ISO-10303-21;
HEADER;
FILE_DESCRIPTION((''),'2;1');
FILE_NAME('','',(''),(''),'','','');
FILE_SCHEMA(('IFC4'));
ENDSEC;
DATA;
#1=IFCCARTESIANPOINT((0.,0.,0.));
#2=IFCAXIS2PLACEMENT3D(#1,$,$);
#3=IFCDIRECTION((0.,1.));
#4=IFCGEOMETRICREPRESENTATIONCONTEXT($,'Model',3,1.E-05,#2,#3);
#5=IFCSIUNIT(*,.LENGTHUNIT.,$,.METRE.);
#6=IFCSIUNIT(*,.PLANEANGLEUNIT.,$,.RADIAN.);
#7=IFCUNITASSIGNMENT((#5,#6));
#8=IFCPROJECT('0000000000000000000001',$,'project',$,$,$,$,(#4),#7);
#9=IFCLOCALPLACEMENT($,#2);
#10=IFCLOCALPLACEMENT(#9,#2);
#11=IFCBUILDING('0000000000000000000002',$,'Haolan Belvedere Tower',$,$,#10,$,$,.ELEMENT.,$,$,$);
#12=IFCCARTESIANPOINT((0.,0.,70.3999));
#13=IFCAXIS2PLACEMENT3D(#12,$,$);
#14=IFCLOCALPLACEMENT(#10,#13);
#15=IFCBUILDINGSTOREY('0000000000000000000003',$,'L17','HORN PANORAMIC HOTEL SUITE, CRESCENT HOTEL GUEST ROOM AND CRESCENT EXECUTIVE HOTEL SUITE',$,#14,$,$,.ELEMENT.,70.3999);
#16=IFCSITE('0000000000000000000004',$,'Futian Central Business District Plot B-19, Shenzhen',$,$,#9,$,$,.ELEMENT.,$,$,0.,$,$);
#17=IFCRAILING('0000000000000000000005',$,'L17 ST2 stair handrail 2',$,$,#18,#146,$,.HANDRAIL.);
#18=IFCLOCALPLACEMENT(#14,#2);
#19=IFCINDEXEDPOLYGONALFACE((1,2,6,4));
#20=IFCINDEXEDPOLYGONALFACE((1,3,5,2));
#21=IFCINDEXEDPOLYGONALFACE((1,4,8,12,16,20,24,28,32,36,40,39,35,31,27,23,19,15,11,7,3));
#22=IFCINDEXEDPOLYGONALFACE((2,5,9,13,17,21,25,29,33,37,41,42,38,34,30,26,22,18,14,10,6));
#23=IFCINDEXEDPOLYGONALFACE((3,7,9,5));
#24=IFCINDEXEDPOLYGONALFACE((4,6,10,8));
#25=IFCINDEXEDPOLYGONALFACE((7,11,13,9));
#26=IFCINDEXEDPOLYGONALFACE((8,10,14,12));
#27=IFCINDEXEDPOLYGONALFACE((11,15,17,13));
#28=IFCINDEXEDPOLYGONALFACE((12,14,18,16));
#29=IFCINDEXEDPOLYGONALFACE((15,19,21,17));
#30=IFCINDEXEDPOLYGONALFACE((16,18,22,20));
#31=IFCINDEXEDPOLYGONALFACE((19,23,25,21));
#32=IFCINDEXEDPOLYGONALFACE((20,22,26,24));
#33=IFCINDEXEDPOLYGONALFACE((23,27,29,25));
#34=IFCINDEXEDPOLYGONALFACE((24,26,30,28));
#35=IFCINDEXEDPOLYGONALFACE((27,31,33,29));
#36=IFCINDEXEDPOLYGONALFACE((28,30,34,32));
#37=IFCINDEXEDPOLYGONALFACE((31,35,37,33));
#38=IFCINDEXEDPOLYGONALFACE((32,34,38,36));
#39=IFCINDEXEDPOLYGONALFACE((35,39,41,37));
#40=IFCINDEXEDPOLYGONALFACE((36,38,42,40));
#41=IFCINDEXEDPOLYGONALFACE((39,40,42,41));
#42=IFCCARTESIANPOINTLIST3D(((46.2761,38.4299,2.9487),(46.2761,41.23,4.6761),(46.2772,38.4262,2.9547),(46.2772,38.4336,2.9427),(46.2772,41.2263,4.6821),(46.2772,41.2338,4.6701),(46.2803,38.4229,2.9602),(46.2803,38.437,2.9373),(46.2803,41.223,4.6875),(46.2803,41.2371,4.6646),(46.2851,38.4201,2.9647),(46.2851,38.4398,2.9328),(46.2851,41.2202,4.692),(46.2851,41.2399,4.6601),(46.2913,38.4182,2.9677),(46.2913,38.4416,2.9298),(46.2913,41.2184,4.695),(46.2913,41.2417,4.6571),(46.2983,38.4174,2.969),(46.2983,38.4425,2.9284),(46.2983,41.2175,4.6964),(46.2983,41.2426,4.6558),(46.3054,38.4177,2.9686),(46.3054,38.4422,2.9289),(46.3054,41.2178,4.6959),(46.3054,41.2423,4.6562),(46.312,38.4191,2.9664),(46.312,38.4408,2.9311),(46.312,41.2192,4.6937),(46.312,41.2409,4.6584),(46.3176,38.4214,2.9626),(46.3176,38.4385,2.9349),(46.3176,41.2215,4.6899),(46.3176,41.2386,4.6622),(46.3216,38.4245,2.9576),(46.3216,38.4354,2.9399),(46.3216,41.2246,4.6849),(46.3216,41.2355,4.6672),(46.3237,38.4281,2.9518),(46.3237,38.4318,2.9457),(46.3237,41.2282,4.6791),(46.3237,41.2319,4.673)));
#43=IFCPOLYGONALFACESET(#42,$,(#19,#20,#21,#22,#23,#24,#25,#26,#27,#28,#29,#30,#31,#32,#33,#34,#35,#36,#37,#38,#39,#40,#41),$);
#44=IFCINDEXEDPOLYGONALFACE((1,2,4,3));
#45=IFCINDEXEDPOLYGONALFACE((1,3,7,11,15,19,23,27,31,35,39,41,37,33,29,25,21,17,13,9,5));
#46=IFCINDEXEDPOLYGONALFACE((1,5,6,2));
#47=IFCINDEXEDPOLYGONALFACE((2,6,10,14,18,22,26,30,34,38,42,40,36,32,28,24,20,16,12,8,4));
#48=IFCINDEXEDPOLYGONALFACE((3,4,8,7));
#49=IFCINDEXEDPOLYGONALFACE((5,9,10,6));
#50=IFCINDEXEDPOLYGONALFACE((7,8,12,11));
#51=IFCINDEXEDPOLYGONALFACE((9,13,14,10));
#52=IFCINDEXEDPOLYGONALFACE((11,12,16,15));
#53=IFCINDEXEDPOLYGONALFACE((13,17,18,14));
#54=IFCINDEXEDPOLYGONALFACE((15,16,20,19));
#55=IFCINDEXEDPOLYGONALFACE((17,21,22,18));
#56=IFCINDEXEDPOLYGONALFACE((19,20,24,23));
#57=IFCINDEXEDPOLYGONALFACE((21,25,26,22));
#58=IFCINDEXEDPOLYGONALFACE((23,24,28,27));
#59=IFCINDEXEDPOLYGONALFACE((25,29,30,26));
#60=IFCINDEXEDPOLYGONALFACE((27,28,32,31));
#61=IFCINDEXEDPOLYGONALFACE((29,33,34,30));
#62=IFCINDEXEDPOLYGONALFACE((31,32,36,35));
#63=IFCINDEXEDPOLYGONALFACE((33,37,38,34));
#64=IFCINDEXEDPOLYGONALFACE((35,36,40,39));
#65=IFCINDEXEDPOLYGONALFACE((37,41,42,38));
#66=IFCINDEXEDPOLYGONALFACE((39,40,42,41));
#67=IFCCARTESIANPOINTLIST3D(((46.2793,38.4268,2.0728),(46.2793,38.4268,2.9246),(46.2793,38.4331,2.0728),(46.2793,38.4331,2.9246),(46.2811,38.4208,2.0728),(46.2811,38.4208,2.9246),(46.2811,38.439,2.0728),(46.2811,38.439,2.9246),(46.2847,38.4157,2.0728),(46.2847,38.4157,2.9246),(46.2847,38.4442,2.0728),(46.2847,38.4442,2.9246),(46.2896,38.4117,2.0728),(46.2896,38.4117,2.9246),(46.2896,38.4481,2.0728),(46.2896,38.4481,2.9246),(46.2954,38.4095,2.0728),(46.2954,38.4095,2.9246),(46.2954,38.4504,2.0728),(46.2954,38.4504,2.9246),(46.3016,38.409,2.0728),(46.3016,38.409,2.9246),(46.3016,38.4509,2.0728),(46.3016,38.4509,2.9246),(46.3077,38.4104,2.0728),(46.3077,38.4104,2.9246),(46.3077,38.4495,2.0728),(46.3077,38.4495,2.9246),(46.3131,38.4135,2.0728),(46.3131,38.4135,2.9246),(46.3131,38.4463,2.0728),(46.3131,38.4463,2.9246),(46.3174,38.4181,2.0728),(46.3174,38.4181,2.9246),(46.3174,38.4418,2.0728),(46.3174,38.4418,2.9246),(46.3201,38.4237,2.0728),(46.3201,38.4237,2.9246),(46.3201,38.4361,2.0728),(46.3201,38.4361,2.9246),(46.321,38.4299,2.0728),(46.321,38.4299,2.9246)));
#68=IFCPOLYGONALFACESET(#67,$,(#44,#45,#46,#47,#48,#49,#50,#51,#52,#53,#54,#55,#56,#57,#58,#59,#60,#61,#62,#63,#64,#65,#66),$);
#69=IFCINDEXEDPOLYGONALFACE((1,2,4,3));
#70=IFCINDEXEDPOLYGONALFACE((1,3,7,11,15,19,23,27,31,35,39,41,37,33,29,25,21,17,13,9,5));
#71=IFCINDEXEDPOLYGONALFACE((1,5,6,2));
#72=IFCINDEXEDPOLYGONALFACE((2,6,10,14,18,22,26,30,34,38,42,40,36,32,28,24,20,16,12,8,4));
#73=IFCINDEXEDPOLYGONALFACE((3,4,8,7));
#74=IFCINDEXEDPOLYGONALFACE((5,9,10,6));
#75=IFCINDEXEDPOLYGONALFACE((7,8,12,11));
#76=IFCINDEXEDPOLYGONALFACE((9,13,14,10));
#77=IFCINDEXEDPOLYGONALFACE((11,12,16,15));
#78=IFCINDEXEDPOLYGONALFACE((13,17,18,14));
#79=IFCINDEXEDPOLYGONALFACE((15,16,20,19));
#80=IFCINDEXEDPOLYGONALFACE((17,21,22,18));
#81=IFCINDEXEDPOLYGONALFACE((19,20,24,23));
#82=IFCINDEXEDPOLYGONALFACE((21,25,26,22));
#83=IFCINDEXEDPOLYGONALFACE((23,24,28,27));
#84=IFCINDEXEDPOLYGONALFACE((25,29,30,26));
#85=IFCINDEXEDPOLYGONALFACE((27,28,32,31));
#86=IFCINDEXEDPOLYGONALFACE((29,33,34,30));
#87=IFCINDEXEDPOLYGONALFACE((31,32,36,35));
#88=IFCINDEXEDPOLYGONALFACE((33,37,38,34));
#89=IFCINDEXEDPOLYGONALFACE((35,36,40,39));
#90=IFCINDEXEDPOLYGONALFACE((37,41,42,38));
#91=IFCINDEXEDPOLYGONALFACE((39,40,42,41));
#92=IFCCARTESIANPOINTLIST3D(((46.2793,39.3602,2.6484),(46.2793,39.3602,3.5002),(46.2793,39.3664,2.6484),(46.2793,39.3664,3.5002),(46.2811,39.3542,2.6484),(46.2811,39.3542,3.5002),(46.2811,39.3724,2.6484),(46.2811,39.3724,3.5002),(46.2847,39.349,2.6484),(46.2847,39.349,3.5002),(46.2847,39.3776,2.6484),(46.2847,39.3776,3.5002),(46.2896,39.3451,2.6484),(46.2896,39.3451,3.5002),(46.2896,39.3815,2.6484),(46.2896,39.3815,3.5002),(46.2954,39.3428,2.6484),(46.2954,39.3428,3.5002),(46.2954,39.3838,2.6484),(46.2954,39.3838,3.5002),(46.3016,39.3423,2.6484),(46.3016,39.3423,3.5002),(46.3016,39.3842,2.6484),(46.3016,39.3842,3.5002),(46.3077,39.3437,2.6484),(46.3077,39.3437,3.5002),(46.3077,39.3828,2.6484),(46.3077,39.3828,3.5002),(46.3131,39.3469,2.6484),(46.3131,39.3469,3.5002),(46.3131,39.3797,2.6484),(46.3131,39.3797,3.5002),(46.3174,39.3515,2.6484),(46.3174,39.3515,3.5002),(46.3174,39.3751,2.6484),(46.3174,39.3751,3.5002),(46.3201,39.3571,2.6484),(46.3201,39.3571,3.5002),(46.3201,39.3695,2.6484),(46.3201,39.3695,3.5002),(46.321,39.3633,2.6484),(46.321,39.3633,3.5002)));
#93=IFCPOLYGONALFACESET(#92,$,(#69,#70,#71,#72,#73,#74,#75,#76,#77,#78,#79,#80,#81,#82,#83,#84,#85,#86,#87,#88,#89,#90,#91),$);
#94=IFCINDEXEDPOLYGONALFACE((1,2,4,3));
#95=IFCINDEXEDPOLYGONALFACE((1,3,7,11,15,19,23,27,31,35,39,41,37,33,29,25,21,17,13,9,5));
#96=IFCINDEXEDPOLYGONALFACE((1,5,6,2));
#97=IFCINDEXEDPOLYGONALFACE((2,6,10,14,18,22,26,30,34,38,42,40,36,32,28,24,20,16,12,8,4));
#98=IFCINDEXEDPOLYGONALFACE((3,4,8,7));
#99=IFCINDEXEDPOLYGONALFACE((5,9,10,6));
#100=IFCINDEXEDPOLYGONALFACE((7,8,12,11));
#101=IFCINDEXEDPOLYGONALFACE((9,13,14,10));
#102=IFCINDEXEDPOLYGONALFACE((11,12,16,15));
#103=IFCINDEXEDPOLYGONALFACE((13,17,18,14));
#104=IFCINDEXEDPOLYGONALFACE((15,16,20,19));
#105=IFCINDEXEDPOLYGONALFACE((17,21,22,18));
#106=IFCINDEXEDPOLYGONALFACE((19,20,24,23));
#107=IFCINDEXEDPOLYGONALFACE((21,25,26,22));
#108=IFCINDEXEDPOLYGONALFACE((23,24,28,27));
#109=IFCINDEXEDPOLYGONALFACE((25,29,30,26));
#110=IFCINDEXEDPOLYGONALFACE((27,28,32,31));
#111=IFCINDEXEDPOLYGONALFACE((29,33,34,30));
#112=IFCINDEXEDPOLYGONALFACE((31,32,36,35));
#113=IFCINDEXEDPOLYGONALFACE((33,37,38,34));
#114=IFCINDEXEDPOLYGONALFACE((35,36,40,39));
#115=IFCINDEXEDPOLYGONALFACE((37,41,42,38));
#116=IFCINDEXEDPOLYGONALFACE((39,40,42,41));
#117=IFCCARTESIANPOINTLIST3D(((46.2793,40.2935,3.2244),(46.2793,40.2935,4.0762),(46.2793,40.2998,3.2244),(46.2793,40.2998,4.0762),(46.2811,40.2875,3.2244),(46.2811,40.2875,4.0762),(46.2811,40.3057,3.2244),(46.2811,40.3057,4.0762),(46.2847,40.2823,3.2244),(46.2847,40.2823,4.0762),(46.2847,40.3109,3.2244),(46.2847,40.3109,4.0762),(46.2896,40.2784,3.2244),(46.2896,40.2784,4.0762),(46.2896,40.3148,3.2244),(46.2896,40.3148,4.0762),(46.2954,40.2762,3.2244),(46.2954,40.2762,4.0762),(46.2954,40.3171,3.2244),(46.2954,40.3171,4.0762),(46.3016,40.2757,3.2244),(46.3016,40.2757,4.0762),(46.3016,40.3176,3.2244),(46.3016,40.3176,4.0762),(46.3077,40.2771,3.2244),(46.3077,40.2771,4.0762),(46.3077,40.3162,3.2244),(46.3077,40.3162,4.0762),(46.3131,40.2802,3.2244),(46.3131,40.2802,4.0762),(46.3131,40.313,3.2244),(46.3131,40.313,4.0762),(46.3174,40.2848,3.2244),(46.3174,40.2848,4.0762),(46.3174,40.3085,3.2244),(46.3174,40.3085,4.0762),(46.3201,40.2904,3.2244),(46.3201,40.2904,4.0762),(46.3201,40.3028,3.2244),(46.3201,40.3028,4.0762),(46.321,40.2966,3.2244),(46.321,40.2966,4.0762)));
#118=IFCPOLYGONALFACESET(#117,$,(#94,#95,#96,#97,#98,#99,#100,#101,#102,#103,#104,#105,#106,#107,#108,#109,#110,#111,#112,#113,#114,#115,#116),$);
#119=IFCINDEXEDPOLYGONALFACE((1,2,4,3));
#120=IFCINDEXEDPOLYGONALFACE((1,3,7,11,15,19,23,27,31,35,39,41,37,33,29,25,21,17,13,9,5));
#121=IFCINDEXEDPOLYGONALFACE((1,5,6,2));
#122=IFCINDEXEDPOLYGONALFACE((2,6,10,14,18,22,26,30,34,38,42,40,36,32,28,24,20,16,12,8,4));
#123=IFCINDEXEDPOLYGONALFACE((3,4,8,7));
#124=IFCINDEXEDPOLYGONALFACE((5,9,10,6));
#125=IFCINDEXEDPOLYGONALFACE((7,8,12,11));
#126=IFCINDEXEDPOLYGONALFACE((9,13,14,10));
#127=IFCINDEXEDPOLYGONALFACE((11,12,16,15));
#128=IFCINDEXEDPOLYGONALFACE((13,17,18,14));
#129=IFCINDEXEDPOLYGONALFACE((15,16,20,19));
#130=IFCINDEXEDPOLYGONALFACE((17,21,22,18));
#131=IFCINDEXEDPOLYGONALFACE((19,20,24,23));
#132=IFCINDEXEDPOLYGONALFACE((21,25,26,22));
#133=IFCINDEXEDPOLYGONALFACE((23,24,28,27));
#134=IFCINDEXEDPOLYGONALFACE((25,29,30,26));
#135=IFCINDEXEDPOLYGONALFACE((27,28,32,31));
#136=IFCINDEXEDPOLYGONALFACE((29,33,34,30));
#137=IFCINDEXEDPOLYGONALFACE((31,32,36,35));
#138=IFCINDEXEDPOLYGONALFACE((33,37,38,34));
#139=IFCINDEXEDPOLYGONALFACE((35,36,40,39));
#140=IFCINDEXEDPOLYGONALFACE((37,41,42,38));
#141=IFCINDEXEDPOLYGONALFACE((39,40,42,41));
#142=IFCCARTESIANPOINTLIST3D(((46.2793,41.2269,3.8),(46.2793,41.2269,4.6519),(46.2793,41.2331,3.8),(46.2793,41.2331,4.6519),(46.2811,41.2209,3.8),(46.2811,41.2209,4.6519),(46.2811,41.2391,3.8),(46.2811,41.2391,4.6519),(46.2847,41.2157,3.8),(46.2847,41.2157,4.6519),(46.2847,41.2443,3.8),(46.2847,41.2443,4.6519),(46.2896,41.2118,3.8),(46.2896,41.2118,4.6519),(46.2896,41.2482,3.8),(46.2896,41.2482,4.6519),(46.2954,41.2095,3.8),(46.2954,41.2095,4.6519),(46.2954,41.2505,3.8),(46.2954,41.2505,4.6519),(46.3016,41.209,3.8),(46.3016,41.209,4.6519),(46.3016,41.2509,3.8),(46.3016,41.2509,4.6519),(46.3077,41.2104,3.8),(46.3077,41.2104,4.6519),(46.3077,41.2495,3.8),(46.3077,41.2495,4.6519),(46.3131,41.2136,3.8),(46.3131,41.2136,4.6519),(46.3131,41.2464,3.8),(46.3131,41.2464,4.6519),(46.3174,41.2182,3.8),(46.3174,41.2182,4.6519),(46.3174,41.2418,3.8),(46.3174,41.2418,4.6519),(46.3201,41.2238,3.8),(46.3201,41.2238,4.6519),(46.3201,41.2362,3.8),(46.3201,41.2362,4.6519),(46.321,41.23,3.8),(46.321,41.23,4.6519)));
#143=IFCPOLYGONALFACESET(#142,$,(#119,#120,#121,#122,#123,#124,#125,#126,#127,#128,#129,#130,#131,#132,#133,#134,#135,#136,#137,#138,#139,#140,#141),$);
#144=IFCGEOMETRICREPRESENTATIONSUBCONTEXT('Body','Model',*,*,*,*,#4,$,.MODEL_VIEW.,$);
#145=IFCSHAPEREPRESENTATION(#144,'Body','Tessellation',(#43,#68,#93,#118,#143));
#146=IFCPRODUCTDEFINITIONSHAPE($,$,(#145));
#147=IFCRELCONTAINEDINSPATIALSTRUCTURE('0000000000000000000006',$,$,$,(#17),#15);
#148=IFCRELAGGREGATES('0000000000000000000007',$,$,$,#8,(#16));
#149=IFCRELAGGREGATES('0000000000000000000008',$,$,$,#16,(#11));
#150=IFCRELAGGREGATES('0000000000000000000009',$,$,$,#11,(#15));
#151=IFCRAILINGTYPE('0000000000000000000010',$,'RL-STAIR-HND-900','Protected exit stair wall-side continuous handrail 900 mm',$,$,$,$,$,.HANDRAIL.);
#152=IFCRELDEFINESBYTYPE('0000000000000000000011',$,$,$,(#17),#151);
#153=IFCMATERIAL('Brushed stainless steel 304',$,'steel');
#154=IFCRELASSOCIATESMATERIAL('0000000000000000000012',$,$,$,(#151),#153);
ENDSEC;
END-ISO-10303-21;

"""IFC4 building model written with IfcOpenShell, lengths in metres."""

from ifc_helpers import new_model, si_unit, direction, frame, origin, origin_2d, place, context, subcontext, project, spatial, circle, extrude, material, type_object, element, save


model = new_model("IFC4")

# Units and contexts
model_context = context("Model", 3, precision=1e-05, world=origin(), true_north=direction((0.0, 1.0)))
body_context = subcontext(model_context, "Body", "Model", "MODEL_VIEW")
ifc_project = project(units=[si_unit("LENGTHUNIT", "METRE"), si_unit("PLANEANGLEUNIT", "RADIAN")], contexts=[model_context])

# Site, building, storey
site_placement = place(None, origin())
site = spatial("IfcSite", under=ifc_project, at=site_placement, Name="Futian Central Business District Plot B-19, Shenzhen", CompositionType="ELEMENT", RefElevation=0.0)
building_placement = place(site_placement, origin())
building = spatial("IfcBuilding", under=site, at=building_placement, Name="Haolan Belvedere Tower", CompositionType="ELEMENT")
storey_placement = place(building_placement, frame((0.0, 0.0, 70.3999)))
storey = spatial("IfcBuildingStorey", under=building, at=storey_placement, Name="L17", Description="HORN PANORAMIC HOTEL SUITE, CRESCENT HOTEL GUEST ROOM AND CRESCENT EXECUTIVE HOTEL SUITE", CompositionType="ELEMENT", Elevation=70.3999)

# Railing
ifc_material_1 = material(Name="Brushed stainless steel 304", Category="steel")
railing_type = type_object("IfcRailingType", Name="RL-STAIR-HND-900", Description="Protected exit stair wall-side continuous handrail 900 mm", PredefinedType="HANDRAIL", material=ifc_material_1)
railing_placement = place(storey_placement, frame((46.3, 38.4299, 2.0728)))
element("IfcRailing", 1, at=railing_placement, inside=storey, type_object=railing_type, Name="L17 ST2 stair handrail 2", PredefinedType="HANDRAIL", context=body_context, shape_type="SweptSolid", body=[
    extrude(circle(Radius=0.0239, at=origin_2d()), frame((0.0, 0.0, 0.876), z_axis=(0.0, 0.85109, 0.52502), x_axis=(-1.0, 0.0, 0.0)), (0.0, 0.0, 1.0), 3.29),
    extrude(circle(Radius=0.021, at=origin_2d()), origin(), (0.0, 0.0, 1.0), 0.8518),
    extrude(circle(Radius=0.021, at=origin_2d()), frame((0.0, 0.9333, 0.5757)), (0.0, 0.0, 1.0), 0.8518),
    extrude(circle(Radius=0.021, at=origin_2d()), frame((0.0, 1.8667, 1.1516)), (0.0, 0.0, 1.0), 0.8518),
    extrude(circle(Radius=0.021, at=origin_2d()), frame((0.0, 2.8, 1.7273)), (0.0, 0.0, 1.0), 0.8518),
])

save(model, "model.ifc")
